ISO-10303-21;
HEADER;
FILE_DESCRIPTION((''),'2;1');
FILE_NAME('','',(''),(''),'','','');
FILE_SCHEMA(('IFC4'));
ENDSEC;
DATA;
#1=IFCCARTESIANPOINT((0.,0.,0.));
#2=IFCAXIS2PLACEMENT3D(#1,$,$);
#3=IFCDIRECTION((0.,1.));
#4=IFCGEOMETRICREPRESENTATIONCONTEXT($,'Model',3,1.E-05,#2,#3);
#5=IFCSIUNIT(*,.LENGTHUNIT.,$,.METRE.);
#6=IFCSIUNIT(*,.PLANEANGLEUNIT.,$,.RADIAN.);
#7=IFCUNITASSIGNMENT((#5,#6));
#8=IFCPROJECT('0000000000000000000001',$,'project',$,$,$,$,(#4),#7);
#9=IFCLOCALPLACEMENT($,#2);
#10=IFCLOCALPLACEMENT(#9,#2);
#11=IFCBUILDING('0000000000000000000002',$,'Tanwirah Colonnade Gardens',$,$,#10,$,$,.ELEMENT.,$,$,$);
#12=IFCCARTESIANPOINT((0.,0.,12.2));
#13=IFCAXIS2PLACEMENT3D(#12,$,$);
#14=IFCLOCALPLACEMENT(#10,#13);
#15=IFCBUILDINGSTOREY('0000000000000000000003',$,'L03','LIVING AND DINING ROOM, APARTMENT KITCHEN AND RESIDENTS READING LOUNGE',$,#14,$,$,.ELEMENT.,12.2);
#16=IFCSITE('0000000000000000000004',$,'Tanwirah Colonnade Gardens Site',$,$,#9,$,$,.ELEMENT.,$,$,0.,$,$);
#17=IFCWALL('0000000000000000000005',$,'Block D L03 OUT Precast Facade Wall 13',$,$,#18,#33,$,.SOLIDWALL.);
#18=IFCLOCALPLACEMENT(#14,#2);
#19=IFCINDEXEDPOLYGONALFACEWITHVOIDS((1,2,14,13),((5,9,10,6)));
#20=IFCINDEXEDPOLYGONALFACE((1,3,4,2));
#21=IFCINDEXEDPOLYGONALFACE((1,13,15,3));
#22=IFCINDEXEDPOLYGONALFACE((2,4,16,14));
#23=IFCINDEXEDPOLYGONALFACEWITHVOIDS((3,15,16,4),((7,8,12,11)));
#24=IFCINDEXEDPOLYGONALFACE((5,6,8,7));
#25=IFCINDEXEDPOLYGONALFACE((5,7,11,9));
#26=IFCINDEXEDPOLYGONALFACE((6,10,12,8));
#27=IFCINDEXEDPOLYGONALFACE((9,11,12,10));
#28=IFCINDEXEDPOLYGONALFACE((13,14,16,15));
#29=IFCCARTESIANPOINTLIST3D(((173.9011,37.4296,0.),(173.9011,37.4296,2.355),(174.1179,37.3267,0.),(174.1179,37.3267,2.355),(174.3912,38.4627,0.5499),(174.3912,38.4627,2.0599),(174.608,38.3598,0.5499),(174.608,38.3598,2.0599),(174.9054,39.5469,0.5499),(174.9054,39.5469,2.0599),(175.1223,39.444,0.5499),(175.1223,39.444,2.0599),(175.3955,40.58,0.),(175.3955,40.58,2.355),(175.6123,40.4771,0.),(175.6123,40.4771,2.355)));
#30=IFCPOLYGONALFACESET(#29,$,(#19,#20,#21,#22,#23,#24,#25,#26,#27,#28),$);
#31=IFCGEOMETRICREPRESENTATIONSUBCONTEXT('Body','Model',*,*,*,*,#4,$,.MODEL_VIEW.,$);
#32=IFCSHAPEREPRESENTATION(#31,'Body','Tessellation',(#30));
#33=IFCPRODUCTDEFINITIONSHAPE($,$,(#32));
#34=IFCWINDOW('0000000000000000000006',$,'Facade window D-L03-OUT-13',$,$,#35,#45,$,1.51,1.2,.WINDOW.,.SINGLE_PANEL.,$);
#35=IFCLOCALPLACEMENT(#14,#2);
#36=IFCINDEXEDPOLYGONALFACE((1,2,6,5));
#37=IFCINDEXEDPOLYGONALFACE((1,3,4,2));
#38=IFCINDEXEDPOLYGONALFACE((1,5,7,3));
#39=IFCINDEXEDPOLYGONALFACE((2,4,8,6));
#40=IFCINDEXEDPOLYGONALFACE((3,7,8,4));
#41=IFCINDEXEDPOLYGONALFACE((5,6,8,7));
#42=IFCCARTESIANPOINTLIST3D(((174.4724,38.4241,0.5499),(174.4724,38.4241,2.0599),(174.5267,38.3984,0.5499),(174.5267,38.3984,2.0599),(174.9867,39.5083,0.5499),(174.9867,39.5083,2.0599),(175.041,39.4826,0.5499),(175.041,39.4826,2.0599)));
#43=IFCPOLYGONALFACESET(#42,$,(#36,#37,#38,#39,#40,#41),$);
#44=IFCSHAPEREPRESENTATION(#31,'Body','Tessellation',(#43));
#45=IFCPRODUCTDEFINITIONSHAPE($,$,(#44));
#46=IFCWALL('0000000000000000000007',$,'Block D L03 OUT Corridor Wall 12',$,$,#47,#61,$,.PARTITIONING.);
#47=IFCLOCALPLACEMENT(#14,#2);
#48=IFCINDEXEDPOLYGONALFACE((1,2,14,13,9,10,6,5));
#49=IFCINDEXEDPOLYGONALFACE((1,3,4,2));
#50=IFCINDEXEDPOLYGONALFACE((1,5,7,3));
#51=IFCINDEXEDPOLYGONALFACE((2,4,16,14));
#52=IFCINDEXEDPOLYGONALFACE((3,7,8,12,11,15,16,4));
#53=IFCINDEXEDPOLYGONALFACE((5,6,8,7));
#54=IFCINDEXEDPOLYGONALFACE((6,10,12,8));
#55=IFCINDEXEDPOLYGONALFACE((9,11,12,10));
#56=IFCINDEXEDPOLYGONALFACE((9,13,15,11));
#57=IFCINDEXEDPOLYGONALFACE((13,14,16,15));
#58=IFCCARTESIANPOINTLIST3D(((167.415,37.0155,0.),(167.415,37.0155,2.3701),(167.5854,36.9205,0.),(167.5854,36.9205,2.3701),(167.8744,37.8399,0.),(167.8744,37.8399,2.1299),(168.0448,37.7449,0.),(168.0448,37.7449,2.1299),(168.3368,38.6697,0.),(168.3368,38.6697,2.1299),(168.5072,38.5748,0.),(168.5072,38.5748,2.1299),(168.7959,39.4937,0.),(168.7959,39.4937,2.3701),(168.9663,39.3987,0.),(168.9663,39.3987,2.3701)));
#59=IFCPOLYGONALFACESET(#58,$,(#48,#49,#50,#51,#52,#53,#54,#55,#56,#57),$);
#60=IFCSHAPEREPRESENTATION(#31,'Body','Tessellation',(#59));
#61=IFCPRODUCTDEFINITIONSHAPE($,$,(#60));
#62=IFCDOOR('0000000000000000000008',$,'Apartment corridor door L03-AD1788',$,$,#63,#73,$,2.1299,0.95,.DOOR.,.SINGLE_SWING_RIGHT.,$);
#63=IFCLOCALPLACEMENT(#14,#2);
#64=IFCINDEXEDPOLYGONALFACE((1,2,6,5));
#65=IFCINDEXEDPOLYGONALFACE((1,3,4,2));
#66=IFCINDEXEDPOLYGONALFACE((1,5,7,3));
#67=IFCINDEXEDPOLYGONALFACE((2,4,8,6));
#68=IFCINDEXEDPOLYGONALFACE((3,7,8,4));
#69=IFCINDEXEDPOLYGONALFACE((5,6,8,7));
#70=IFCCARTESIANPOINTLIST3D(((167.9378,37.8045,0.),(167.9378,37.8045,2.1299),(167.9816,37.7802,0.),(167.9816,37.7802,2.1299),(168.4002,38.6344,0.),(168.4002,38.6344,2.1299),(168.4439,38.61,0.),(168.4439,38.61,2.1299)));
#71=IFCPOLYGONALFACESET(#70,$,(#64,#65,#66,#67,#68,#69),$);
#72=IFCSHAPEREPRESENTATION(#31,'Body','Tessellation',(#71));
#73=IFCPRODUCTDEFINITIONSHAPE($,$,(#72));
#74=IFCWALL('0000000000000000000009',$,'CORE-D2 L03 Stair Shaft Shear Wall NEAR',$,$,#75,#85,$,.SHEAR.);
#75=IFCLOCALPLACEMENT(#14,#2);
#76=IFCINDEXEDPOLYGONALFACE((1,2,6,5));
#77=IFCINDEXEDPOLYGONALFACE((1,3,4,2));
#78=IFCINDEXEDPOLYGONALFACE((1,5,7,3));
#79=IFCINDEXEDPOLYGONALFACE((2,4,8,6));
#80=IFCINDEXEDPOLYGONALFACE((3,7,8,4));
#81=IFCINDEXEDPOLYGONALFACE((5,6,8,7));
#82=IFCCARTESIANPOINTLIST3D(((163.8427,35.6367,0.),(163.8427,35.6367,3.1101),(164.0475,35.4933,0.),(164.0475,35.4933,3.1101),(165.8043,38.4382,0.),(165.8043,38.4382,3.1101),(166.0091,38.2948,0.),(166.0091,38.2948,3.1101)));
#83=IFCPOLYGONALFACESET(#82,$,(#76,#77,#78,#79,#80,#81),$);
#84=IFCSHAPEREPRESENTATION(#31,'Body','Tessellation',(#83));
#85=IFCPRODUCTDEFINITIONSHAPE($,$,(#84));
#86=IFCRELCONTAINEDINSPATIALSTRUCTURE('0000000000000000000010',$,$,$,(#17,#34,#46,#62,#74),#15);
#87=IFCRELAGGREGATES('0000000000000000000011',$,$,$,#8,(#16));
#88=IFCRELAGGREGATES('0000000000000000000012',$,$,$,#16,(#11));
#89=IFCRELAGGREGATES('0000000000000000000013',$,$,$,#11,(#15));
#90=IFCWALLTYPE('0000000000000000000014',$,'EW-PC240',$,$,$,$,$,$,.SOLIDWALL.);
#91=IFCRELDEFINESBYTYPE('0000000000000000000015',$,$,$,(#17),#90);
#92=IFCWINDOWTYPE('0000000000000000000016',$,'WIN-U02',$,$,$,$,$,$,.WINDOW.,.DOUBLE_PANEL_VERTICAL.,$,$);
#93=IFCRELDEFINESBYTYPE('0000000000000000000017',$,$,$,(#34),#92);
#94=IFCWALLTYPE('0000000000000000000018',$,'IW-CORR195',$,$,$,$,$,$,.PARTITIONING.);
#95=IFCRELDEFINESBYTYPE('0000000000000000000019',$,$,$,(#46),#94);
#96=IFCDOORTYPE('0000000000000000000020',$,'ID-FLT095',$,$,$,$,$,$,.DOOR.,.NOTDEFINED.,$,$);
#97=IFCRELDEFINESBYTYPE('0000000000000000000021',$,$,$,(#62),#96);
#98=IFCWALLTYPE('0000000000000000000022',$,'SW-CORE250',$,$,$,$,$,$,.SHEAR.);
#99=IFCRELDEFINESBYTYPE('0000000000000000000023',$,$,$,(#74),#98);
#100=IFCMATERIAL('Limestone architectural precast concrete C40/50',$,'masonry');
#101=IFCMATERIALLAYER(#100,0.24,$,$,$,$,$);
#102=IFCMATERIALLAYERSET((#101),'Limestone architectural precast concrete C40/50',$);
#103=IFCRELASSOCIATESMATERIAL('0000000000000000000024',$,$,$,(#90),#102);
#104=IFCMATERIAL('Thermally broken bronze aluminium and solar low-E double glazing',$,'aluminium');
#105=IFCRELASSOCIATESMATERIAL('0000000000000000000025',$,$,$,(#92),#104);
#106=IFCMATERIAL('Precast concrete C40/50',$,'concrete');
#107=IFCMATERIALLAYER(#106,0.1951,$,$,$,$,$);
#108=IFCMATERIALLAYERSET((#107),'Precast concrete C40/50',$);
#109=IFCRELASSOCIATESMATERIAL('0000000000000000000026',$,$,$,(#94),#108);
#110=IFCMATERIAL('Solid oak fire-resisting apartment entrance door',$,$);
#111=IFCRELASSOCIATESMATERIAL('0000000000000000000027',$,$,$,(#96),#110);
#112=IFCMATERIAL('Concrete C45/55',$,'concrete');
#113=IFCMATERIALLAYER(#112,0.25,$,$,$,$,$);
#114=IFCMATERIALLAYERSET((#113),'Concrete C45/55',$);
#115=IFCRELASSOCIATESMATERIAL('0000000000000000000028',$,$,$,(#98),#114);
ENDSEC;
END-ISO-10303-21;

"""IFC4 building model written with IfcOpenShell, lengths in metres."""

from ifc_helpers import new_model, si_unit, direction, frame, frame_2d, origin, place, context, subcontext, project, spatial, rectangle, extrude, material, layer, layer_set, type_object, element, fill, save


model = new_model("IFC4")

# Units and contexts
model_context = context("Model", 3, precision=1e-05, world=origin(), true_north=direction((0.0, 1.0)))
body_context = subcontext(model_context, "Body", "Model", "MODEL_VIEW")
ifc_project = project(units=[si_unit("LENGTHUNIT", "METRE"), si_unit("PLANEANGLEUNIT", "RADIAN")], contexts=[model_context])

# Site, building, storey
site_placement = place(None, origin())
site = spatial("IfcSite", under=ifc_project, at=site_placement, Name="Tanwirah Colonnade Gardens Site", CompositionType="ELEMENT", RefElevation=0.0)
building_placement = place(site_placement, origin())
building = spatial("IfcBuilding", under=site, at=building_placement, Name="Tanwirah Colonnade Gardens", CompositionType="ELEMENT")
storey_placement = place(building_placement, frame((0.0, 0.0, 12.2)))
storey = spatial("IfcBuildingStorey", under=building, at=storey_placement, Name="L03", Description="LIVING AND DINING ROOM, APARTMENT KITCHEN AND RESIDENTS READING LOUNGE", CompositionType="ELEMENT", Elevation=12.2)

# Shared definitions
ifc_material_1 = material(Name="Precast concrete C40/50", Category="concrete")

# Wall, opening, window
ifc_material_2 = material(Name="Limestone architectural precast concrete C40/50", Category="masonry")
ifc_layer_1 = layer(ifc_material_2, 0.24)
ifc_layer_set_1 = layer_set([ifc_layer_1], Name="Limestone architectural precast concrete C40/50")
wall_type_1 = type_object("IfcWallType", Name="EW-PC240", PredefinedType="SOLIDWALL", material=ifc_layer_set_1)
wall_1_placement = place(storey_placement, frame((174.0095, 37.3782, 0.0), z_axis=(0.0, 0.0, 1.0), x_axis=(0.428577, 0.903505, 0.0)))
wall_1 = element("IfcWall", 1, at=wall_1_placement, inside=storey, type_object=wall_type_1, Name="Block D L03 OUT Precast Facade Wall 13", PredefinedType="SOLIDWALL", context=body_context, shape_type="SweptSolid", body=[
    extrude(rectangle(XDim=3.4868, YDim=0.24, at=frame_2d((1.7434, 0.0))), origin(), (0.0, 0.0, 1.0), 2.355),
])
opening_1_placement = place(wall_1_placement, frame((1.1433, 0.0, 0.55)))
opening_1 = element("IfcOpeningElement", 2, at=opening_1_placement, cuts=wall_1, PredefinedType="OPENING", context=body_context, shape_type="SweptSolid", body=[
    extrude(rectangle(XDim=1.2, YDim=1.51, at=frame_2d((0.6001, 0.7549))), frame((0.0, 0.1299, 0.0), z_axis=(0.0, -1.0, 0.0), x_axis=(1.0, 0.0, 0.0)), (0.0, 0.0, 1.0), 0.26),
])
ifc_material_3 = material(Name="Thermally broken bronze aluminium and solar low-E double glazing", Category="aluminium")
window_type = type_object("IfcWindowType", Name="WIN-U02", PartitioningType="DOUBLE_PANEL_VERTICAL", PredefinedType="WINDOW", material=ifc_material_3)
window_placement = place(opening_1_placement, origin())
window = element("IfcWindow", 3, at=window_placement, inside=storey, type_object=window_type, Name="Facade window D-L03-OUT-13", OverallHeight=1.51, OverallWidth=1.2, PartitioningType="SINGLE_PANEL", PredefinedType="WINDOW", context=body_context, shape_type="SweptSolid", body=[
    extrude(rectangle(XDim=1.2, YDim=1.51, at=frame_2d((0.6001, 0.7549))), frame((0.0, 0.03, 0.0), z_axis=(0.0, -1.0, 0.0), x_axis=(1.0, 0.0, 0.0)), (0.0, 0.0, 1.0), 0.0601),
])
fill(opening_1, window)

# Wall, opening, door
ifc_layer_2 = layer(ifc_material_1, 0.1951)
ifc_layer_set_2 = layer_set([ifc_layer_2], Name="Precast concrete C40/50")
wall_type_2 = type_object("IfcWallType", Name="IW-CORR195", PredefinedType="PARTITIONING", material=ifc_layer_set_2)
wall_2_placement = place(storey_placement, frame((167.5002, 36.968, 0.0), z_axis=(0.0, 0.0, 1.0), x_axis=(0.486731, 0.873552, 0.0)))
wall_2 = element("IfcWall", 4, at=wall_2_placement, inside=storey, type_object=wall_type_2, Name="Block D L03 OUT Corridor Wall 12", PredefinedType="PARTITIONING", context=body_context, shape_type="SweptSolid", body=[
    extrude(rectangle(XDim=2.8369, YDim=0.1951, at=frame_2d((1.4185, 0.0))), origin(), (0.0, 0.0, 1.0), 2.3701),
])
opening_2_placement = place(wall_2_placement, frame((0.9436, 0.0, 0.0)))
opening_2 = element("IfcOpeningElement", 5, at=opening_2_placement, cuts=wall_2, PredefinedType="OPENING", context=body_context, shape_type="SweptSolid", body=[
    extrude(rectangle(XDim=0.95, YDim=2.1299, at=frame_2d((0.4751, 1.0649))), frame((0.0, 0.1074, 0.0), z_axis=(0.0, -1.0, 0.0), x_axis=(1.0, 0.0, 0.0)), (0.0, 0.0, 1.0), 0.2151),
])
ifc_material_4 = material(Name="Solid oak fire-resisting apartment entrance door")
door_type = type_object("IfcDoorType", Name="ID-FLT095", OperationType="NOTDEFINED", PredefinedType="DOOR", material=ifc_material_4)
door_placement = place(opening_2_placement, origin())
door = element("IfcDoor", 6, at=door_placement, inside=storey, type_object=door_type, Name="Apartment corridor door L03-AD1788", OperationType="SINGLE_SWING_RIGHT", OverallHeight=2.1299, OverallWidth=0.95, PredefinedType="DOOR", context=body_context, shape_type="SweptSolid", body=[
    extrude(rectangle(XDim=0.95, YDim=2.1299, at=frame_2d((0.4751, 1.0649))), frame((0.0, 0.0249, 0.0), z_axis=(0.0, -1.0, 0.0), x_axis=(1.0, 0.0, 0.0)), (0.0, 0.0, 1.0), 0.05),
])
fill(opening_2, door)

# Wall
ifc_material_5 = material(Name="Concrete C45/55", Category="concrete")
ifc_layer_3 = layer(ifc_material_5, 0.25)
ifc_layer_set_3 = layer_set([ifc_layer_3], Name="Concrete C45/55")
wall_type_3 = type_object("IfcWallType", Name="SW-CORE250", PredefinedType="SHEAR", material=ifc_layer_set_3)
wall_3_placement = place(storey_placement, frame((165.9067, 38.3665, 0.0), z_axis=(0.0, 0.0, 1.0), x_axis=(-0.573582, -0.819148, 0.0)))
element("IfcWall", 7, at=wall_3_placement, inside=storey, type_object=wall_type_3, Name="CORE-D2 L03 Stair Shaft Shear Wall NEAR", PredefinedType="SHEAR", context=body_context, shape_type="SweptSolid", body=[
    extrude(rectangle(XDim=3.4199, YDim=0.25, at=frame_2d((1.71, 0.0))), origin(), (0.0, 0.0, 1.0), 3.1101),
])

save(model, "model.ifc")
